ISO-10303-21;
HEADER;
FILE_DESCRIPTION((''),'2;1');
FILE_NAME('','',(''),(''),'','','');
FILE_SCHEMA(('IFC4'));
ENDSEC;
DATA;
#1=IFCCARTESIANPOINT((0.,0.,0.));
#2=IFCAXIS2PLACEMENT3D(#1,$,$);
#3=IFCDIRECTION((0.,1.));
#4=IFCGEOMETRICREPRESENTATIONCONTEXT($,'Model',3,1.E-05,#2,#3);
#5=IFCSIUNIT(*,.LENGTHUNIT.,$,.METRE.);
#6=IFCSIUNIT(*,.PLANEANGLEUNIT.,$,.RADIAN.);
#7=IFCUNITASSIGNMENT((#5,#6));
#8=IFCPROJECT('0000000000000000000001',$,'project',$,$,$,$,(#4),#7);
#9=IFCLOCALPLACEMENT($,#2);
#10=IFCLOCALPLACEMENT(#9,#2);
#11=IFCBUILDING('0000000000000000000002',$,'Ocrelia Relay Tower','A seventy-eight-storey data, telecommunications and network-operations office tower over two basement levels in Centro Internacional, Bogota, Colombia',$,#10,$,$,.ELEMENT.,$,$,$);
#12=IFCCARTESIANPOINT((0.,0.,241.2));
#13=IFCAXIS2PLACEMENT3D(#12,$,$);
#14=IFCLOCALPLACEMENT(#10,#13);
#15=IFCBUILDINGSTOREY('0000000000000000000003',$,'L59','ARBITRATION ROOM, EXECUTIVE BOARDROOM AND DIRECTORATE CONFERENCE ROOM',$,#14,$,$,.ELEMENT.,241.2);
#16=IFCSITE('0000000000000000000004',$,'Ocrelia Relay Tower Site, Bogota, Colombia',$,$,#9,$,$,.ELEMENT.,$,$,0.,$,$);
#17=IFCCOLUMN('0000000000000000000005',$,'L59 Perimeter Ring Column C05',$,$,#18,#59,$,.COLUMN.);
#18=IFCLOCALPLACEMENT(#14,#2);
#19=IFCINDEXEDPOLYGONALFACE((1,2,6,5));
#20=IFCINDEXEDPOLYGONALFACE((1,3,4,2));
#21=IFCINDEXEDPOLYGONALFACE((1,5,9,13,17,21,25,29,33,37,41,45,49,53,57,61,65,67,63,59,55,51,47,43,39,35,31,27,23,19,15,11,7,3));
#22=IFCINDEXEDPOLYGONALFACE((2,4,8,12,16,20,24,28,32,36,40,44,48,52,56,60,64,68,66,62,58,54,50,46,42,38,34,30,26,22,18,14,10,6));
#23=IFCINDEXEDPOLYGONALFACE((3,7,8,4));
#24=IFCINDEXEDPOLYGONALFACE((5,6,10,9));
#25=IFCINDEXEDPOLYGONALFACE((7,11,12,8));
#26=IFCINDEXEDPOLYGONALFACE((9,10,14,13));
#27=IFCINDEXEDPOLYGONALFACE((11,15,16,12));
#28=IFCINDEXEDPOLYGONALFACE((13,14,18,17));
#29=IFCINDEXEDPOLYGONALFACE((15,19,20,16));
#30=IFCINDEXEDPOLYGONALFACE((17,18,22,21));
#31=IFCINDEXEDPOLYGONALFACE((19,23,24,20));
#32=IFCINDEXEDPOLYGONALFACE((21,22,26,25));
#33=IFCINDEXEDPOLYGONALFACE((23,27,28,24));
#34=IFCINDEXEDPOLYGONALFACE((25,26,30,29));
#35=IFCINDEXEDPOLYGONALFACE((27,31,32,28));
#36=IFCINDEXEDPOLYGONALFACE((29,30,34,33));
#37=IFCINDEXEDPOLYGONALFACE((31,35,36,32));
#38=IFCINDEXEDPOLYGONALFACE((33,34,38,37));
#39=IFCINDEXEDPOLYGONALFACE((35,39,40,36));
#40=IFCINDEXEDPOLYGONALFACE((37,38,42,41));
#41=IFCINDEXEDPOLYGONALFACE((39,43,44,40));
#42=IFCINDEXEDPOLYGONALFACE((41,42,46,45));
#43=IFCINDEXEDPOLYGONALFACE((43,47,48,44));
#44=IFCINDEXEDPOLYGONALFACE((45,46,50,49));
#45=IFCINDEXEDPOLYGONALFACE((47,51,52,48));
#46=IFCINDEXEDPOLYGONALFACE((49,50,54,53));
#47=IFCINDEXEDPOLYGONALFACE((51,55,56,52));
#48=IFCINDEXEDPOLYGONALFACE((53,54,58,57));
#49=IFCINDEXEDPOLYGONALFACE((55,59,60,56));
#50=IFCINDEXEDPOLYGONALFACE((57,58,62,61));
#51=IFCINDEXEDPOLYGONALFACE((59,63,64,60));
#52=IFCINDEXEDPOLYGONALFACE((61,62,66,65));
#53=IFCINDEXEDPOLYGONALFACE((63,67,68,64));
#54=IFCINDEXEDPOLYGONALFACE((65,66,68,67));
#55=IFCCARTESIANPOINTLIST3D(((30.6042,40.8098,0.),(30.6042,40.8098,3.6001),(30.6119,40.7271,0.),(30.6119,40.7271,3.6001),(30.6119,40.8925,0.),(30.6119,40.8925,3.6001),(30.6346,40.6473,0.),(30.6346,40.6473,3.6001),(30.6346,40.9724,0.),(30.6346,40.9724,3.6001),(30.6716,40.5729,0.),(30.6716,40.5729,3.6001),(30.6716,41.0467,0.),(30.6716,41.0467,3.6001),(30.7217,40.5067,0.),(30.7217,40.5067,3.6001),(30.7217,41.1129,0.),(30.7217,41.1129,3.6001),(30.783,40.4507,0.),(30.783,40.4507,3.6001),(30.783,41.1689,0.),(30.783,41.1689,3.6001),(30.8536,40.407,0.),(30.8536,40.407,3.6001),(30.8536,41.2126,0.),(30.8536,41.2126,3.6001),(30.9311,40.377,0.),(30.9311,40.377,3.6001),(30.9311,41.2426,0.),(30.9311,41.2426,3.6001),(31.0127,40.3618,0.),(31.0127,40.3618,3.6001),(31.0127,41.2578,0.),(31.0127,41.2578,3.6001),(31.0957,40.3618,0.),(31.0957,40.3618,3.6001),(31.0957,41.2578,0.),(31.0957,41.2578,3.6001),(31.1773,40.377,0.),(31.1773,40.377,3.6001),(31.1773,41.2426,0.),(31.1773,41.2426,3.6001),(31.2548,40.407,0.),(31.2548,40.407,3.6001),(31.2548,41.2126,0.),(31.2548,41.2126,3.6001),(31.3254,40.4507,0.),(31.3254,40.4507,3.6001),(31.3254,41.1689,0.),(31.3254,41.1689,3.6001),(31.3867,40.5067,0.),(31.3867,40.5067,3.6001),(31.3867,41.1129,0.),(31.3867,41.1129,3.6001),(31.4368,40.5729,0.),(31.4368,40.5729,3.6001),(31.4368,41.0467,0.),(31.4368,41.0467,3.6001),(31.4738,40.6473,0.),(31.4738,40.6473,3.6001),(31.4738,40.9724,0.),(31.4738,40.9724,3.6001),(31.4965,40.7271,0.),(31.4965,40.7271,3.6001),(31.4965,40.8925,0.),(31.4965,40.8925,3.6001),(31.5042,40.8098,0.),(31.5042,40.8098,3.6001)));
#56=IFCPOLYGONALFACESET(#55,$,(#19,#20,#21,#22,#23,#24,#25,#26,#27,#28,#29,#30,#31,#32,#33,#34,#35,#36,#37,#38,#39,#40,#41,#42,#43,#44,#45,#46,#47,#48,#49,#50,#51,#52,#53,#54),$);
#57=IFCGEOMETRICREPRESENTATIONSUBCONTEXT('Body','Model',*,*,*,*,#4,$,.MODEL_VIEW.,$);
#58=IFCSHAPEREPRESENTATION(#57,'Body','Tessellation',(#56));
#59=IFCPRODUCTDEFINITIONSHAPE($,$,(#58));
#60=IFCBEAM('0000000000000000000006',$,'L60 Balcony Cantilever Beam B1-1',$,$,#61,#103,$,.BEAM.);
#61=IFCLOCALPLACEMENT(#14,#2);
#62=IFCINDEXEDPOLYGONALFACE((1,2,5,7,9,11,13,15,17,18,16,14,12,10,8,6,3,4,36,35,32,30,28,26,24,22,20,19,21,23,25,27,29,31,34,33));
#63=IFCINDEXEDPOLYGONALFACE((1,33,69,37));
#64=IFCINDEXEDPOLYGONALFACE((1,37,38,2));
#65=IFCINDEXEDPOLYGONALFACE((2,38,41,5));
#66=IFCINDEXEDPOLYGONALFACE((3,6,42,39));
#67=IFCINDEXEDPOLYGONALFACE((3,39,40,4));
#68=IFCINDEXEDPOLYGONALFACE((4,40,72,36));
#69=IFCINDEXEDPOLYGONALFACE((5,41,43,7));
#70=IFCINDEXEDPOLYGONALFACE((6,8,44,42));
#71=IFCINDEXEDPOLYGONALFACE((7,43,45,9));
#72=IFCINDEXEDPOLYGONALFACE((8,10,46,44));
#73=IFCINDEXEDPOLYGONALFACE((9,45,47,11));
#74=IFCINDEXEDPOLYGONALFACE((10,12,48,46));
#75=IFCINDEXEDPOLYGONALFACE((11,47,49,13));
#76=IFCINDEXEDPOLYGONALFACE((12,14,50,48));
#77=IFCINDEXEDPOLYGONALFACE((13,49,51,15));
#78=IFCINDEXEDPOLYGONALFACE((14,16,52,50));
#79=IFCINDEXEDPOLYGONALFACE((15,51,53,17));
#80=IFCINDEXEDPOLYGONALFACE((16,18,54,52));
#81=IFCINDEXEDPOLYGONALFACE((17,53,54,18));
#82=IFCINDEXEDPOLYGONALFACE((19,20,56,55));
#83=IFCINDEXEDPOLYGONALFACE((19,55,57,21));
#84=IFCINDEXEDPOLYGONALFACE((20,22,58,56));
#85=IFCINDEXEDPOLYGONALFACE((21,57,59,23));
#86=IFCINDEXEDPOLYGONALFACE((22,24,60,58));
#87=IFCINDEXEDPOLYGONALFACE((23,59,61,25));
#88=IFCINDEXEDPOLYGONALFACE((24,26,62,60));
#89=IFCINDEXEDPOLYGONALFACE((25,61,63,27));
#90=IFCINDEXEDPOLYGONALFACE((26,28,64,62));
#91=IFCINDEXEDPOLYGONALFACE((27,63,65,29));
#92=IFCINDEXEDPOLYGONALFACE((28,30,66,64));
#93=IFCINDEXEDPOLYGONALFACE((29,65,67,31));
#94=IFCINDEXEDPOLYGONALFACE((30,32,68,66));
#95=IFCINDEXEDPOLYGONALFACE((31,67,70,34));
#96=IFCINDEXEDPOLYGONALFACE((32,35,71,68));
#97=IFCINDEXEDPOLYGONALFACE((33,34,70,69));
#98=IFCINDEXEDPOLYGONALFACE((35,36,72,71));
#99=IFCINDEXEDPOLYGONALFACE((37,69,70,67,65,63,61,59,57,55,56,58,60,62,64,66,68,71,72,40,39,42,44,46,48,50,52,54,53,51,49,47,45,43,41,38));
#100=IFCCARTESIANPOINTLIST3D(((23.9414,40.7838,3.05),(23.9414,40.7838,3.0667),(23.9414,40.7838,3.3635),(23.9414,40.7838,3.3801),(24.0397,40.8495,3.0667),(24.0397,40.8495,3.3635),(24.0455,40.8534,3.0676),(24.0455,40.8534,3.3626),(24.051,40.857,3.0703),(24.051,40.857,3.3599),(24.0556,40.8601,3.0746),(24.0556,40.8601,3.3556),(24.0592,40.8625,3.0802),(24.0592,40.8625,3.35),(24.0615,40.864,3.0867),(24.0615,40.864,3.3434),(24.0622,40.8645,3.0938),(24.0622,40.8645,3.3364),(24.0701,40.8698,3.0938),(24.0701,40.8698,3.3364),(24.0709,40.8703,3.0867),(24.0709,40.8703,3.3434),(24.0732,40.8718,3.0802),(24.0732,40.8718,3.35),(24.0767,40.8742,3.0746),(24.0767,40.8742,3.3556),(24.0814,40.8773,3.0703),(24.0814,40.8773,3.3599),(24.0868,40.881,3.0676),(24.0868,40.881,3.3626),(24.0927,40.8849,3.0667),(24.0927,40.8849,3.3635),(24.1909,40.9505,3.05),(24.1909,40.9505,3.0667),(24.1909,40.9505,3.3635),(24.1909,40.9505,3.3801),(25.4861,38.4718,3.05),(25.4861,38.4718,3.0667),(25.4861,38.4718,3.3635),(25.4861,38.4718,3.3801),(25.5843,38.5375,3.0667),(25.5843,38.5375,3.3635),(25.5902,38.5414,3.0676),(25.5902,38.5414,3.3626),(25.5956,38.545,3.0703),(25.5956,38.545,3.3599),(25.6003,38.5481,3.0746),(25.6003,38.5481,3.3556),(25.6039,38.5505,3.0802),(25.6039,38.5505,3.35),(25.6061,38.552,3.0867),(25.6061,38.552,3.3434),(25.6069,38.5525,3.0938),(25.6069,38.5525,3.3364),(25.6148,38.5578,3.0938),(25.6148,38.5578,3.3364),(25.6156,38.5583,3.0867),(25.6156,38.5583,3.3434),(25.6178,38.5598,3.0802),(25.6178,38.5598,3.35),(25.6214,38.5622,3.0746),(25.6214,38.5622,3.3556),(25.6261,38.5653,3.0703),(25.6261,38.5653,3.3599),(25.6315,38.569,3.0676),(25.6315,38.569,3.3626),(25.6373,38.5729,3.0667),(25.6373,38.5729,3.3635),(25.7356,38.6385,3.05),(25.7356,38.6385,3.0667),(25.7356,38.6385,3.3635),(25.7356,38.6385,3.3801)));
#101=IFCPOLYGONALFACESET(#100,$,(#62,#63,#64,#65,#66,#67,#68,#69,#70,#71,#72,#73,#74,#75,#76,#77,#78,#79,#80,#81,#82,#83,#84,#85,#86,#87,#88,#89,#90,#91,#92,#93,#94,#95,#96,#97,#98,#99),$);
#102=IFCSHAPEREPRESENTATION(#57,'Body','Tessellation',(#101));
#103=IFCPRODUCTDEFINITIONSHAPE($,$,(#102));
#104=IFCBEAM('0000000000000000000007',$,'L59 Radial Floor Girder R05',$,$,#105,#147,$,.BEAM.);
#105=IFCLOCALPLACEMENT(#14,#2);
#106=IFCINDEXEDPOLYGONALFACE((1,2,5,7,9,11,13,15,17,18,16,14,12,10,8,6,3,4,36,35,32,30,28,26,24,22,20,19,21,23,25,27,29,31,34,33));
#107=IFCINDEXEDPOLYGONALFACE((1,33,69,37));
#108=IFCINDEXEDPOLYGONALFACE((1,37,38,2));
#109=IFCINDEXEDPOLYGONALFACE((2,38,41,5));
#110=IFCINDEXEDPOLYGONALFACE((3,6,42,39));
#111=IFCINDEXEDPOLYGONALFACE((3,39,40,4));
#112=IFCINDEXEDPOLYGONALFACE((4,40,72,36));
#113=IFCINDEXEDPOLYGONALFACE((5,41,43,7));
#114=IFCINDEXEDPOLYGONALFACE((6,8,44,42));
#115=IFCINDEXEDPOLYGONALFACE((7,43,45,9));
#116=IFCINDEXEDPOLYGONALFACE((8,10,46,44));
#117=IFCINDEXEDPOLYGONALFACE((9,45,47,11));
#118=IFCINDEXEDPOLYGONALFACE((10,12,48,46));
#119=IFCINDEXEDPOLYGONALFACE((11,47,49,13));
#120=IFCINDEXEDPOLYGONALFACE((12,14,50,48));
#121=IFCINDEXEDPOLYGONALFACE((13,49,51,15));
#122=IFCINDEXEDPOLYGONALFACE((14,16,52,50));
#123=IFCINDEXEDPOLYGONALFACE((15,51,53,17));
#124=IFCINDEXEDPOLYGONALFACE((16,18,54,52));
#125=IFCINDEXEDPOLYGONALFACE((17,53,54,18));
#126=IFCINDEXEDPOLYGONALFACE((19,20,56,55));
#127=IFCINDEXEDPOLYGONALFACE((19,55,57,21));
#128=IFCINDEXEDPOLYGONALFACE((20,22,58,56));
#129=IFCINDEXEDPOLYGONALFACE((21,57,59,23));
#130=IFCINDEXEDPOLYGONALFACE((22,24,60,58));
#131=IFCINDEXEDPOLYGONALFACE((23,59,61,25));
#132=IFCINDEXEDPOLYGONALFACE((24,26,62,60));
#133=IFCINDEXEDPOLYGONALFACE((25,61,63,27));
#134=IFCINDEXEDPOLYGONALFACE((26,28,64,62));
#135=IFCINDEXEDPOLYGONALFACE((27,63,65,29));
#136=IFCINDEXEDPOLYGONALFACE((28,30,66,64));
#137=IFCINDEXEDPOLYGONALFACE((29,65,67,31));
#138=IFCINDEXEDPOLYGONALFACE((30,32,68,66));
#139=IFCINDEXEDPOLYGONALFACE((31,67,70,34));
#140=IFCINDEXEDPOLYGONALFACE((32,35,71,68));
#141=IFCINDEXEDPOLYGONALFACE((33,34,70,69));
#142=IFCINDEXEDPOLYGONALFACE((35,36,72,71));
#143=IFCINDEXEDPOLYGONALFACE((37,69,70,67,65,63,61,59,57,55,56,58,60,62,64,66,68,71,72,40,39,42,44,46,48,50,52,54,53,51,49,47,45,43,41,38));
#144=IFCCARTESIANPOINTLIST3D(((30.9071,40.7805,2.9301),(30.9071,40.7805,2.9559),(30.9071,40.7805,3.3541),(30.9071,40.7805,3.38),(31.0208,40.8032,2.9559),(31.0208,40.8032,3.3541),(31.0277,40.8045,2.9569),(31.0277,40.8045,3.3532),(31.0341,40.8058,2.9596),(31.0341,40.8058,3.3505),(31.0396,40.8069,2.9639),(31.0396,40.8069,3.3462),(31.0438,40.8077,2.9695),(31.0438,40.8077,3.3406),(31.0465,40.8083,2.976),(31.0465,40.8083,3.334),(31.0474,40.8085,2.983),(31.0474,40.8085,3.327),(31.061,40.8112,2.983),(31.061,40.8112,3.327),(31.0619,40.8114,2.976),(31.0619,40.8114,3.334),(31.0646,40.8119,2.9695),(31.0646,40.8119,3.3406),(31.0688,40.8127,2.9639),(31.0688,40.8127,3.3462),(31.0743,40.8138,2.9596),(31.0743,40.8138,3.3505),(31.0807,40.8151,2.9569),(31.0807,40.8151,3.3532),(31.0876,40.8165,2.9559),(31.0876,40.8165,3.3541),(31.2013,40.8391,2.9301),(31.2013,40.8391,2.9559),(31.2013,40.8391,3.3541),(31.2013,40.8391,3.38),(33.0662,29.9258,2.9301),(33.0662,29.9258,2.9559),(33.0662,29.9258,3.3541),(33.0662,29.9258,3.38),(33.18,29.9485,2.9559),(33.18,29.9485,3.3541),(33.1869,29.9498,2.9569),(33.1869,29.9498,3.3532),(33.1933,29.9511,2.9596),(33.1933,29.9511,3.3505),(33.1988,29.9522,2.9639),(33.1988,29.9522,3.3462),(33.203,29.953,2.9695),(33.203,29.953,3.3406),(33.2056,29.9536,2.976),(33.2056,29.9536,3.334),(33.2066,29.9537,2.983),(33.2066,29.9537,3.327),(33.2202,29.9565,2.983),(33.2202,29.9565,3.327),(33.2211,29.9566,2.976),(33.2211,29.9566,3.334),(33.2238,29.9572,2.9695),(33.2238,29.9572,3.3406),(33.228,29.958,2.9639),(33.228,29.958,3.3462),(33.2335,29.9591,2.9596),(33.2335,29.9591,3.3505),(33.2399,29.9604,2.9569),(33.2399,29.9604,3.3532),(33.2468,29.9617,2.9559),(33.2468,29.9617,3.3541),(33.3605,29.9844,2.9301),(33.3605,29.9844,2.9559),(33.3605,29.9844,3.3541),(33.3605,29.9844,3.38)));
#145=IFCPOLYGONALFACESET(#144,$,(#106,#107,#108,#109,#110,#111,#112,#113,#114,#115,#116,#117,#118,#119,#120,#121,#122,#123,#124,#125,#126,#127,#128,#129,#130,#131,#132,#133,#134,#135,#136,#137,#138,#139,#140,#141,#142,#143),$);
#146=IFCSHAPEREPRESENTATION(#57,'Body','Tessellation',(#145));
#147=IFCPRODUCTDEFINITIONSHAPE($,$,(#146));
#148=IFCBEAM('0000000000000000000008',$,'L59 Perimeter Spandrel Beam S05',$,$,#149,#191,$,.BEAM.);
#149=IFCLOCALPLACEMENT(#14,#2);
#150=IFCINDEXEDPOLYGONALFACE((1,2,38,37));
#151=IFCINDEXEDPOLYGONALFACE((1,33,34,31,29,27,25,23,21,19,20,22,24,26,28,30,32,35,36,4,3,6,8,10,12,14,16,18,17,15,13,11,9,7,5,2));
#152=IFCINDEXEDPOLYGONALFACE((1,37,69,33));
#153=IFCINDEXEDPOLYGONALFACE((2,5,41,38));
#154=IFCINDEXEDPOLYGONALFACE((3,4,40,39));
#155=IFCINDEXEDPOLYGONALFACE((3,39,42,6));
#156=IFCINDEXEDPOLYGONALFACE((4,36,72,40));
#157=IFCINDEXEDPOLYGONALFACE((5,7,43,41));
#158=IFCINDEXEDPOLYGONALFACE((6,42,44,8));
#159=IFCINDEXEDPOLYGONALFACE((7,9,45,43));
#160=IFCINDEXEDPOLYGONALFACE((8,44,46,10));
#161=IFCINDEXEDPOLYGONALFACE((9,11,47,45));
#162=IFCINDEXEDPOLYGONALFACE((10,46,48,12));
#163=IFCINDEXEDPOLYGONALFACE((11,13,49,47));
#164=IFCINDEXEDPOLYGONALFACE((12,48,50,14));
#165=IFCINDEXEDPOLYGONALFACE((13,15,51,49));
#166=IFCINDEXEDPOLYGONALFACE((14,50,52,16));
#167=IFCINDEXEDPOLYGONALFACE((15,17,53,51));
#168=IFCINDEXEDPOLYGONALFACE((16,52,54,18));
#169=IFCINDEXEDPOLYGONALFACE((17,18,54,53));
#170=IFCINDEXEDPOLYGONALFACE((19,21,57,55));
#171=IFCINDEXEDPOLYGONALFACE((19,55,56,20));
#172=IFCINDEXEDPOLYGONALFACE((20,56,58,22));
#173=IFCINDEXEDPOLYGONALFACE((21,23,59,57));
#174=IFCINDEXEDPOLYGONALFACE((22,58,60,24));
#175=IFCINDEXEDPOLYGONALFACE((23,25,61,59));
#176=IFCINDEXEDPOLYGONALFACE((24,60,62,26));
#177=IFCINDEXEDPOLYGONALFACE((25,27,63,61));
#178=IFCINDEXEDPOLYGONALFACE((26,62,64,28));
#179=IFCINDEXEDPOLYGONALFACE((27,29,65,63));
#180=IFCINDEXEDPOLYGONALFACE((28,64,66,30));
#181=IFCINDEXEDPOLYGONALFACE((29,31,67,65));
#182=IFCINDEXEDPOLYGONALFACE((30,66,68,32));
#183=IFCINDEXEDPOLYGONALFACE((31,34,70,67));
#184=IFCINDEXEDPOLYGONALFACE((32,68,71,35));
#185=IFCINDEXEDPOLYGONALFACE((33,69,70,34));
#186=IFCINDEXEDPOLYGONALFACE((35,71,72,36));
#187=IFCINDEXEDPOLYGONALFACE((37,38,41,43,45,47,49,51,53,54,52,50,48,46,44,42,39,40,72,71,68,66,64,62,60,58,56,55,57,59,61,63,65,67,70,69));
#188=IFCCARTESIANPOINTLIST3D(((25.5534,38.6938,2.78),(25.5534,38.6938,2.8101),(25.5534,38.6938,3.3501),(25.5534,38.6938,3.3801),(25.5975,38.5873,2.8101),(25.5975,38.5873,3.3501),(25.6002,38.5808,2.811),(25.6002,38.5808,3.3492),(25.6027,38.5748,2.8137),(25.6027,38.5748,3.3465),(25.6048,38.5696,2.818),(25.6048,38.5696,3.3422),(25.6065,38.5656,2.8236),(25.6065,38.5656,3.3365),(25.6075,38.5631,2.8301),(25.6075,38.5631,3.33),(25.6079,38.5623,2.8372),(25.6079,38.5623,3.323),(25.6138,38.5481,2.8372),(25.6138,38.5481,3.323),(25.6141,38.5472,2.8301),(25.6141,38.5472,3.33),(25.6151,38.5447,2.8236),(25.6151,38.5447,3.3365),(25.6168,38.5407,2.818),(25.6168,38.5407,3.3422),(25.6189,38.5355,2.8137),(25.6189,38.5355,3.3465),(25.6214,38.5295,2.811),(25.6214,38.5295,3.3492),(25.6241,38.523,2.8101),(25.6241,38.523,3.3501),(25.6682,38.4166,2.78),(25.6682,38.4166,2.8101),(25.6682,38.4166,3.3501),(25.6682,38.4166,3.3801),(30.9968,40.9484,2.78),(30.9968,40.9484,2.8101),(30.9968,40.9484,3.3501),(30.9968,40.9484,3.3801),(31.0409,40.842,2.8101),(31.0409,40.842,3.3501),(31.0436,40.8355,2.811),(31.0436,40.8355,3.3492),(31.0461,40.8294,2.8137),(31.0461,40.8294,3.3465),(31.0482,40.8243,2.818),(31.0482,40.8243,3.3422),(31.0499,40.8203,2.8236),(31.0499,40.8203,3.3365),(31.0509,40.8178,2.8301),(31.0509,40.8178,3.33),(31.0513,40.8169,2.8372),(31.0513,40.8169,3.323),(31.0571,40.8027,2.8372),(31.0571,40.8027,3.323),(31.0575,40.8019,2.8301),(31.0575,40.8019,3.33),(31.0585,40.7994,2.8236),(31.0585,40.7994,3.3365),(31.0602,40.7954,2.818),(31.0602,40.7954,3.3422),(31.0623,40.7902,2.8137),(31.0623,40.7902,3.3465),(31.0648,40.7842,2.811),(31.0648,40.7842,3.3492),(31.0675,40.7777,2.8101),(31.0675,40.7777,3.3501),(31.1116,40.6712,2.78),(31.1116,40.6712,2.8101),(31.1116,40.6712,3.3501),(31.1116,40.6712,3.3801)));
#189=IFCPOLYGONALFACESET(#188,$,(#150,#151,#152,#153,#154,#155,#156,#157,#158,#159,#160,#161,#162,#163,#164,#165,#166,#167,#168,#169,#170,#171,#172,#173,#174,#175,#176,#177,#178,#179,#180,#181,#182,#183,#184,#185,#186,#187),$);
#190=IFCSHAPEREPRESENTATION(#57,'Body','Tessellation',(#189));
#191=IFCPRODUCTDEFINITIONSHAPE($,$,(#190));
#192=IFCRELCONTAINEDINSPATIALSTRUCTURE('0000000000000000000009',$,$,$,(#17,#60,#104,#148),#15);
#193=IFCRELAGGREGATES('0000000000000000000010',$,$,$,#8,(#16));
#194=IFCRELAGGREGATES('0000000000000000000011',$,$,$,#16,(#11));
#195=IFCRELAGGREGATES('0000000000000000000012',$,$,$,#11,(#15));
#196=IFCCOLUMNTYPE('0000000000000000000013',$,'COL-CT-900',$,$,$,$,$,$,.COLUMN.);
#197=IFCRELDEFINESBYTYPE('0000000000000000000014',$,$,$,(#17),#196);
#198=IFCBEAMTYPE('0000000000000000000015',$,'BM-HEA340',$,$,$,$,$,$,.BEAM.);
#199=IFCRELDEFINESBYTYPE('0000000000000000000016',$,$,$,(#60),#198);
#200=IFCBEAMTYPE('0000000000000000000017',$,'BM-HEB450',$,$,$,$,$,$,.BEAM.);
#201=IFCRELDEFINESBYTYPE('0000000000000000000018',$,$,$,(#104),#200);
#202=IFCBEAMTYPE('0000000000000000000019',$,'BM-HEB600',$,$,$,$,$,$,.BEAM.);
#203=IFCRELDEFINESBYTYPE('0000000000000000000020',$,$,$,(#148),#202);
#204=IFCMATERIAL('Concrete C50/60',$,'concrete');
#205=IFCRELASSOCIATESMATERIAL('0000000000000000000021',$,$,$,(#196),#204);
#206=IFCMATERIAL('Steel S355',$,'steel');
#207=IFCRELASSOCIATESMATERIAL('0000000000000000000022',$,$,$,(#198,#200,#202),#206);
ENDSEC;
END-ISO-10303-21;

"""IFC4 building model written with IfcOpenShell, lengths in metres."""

from ifc_helpers import new_model, si_unit, direction, frame, origin, origin_2d, place, context, subcontext, project, spatial, circle, i_section, extrude, material, material_profile, profile_set, type_object, element, save


model = new_model("IFC4")

# Units and contexts
model_context = context("Model", 3, precision=1e-05, world=origin(), true_north=direction((0.0, 1.0)))
body_context = subcontext(model_context, "Body", "Model", "MODEL_VIEW")
ifc_project = project(units=[si_unit("LENGTHUNIT", "METRE"), si_unit("PLANEANGLEUNIT", "RADIAN")], contexts=[model_context])

# Site, building, storey
site_placement = place(None, origin())
site = spatial("IfcSite", under=ifc_project, at=site_placement, Name="Ocrelia Relay Tower Site, Bogota, Colombia", CompositionType="ELEMENT", RefElevation=0.0)
building_placement = place(site_placement, origin())
building = spatial("IfcBuilding", under=site, at=building_placement, Name="Ocrelia Relay Tower", Description="A seventy-eight-storey data, telecommunications and network-operations office tower over two basement levels in Centro Internacional, Bogota, Colombia", CompositionType="ELEMENT")
storey_placement = place(building_placement, frame((0.0, 0.0, 241.2)))
storey = spatial("IfcBuildingStorey", under=building, at=storey_placement, Name="L59", Description="ARBITRATION ROOM, EXECUTIVE BOARDROOM AND DIRECTORATE CONFERENCE ROOM", CompositionType="ELEMENT", Elevation=241.2)

# Column
ifc_material_1 = material(Name="Concrete C50/60", Category="concrete")
ifc_material_profile_1 = material_profile(ifc_material_1, circle(Radius=0.45, at=origin_2d()), Name="RC-CIR-900")
ifc_profile_set_1 = profile_set([ifc_material_profile_1], Name="Concrete C50/60")
column_type = type_object("IfcColumnType", Name="COL-CT-900", PredefinedType="COLUMN", material=ifc_profile_set_1)
column_placement = place(storey_placement, frame((31.0542, 40.8098, 0.0), z_axis=(0.0, 0.0, 1.0), x_axis=(1.0, 0.0, 0.0)))
element("IfcColumn", 1, at=column_placement, inside=storey, type_object=column_type, Name="L59 Perimeter Ring Column C05", PredefinedType="COLUMN", context=body_context, shape_type="SweptSolid", body=[
    extrude(circle(Radius=0.45, at=origin_2d()), origin(), (0.0, 0.0, 1.0), 3.6001),
])

# Beams
ifc_material_2 = material(Name="Steel S355", Category="steel")
ifc_material_profile_2 = material_profile(ifc_material_2, i_section(OverallWidth=0.3, OverallDepth=0.3301, WebThickness=0.0095, FlangeThickness=0.0166, FilletRadius=0.0271, at=origin_2d()), Name="HEA 340")
ifc_profile_set_2 = profile_set([ifc_material_profile_2], Name="Steel S355")
beam_type_1 = type_object("IfcBeamType", Name="BM-HEA340", PredefinedType="BEAM", material=ifc_profile_set_2)
beam_1_placement = place(storey_placement, frame((25.6108, 38.5552, 3.2151), z_axis=(-0.555531, 0.831496, 0.0), x_axis=(-0.831496, -0.555531, 0.0)))
element("IfcBeam", 2, at=beam_1_placement, inside=storey, type_object=beam_type_1, Name="L60 Balcony Cantilever Beam B1-1", PredefinedType="BEAM", context=body_context, shape_type="SweptSolid", body=[
    extrude(i_section(OverallWidth=0.3, OverallDepth=0.3301, WebThickness=0.0095, FlangeThickness=0.0166, FilletRadius=0.0271, at=origin_2d()), origin(), (0.0, 0.0, 1.0), 2.7805),
])
ifc_material_profile_3 = material_profile(ifc_material_2, i_section(OverallWidth=0.3, OverallDepth=0.45, WebThickness=0.0139, FlangeThickness=0.0259, FilletRadius=0.0271, at=origin_2d()), Name="HEB 450")
ifc_profile_set_3 = profile_set([ifc_material_profile_3], Name="Steel S355")
beam_type_2 = type_object("IfcBeamType", Name="BM-HEB450", PredefinedType="BEAM", material=ifc_profile_set_3)
beam_2_placement = place(storey_placement, frame((31.0542, 40.8098, 3.155), z_axis=(0.195094, -0.980785, 0.0), x_axis=(0.980785, 0.195094, 0.0)))
element("IfcBeam", 3, at=beam_2_placement, inside=storey, type_object=beam_type_2, Name="L59 Radial Floor Girder R05", PredefinedType="BEAM", context=body_context, shape_type="SweptSolid", body=[
    extrude(i_section(OverallWidth=0.3, OverallDepth=0.45, WebThickness=0.0139, FlangeThickness=0.0259, FilletRadius=0.0271, at=origin_2d()), origin(), (0.0, 0.0, 1.0), 11.0674),
])
ifc_material_profile_4 = material_profile(ifc_material_2, i_section(OverallWidth=0.3, OverallDepth=0.6001, WebThickness=0.0154, FlangeThickness=0.03, FilletRadius=0.0271, at=origin_2d()), Name="HEB 600")
ifc_profile_set_4 = profile_set([ifc_material_profile_4], Name="Steel S355")
beam_type_3 = type_object("IfcBeamType", Name="BM-HEB600", PredefinedType="BEAM", material=ifc_profile_set_4)
beam_3_placement = place(storey_placement, frame((31.0542, 40.8098, 3.0801), z_axis=(-0.923884, -0.382673, 0.0), x_axis=(0.382673, -0.923884, 0.0)))
element("IfcBeam", 4, at=beam_3_placement, inside=storey, type_object=beam_type_3, Name="L59 Perimeter Spandrel Beam S05", PredefinedType="BEAM", context=body_context, shape_type="SweptSolid", body=[
    extrude(i_section(OverallWidth=0.3, OverallDepth=0.6001, WebThickness=0.0154, FlangeThickness=0.03, FilletRadius=0.0271, at=origin_2d()), origin(), (0.0, 0.0, 1.0), 5.8918),
])

save(model, "model.ifc")
